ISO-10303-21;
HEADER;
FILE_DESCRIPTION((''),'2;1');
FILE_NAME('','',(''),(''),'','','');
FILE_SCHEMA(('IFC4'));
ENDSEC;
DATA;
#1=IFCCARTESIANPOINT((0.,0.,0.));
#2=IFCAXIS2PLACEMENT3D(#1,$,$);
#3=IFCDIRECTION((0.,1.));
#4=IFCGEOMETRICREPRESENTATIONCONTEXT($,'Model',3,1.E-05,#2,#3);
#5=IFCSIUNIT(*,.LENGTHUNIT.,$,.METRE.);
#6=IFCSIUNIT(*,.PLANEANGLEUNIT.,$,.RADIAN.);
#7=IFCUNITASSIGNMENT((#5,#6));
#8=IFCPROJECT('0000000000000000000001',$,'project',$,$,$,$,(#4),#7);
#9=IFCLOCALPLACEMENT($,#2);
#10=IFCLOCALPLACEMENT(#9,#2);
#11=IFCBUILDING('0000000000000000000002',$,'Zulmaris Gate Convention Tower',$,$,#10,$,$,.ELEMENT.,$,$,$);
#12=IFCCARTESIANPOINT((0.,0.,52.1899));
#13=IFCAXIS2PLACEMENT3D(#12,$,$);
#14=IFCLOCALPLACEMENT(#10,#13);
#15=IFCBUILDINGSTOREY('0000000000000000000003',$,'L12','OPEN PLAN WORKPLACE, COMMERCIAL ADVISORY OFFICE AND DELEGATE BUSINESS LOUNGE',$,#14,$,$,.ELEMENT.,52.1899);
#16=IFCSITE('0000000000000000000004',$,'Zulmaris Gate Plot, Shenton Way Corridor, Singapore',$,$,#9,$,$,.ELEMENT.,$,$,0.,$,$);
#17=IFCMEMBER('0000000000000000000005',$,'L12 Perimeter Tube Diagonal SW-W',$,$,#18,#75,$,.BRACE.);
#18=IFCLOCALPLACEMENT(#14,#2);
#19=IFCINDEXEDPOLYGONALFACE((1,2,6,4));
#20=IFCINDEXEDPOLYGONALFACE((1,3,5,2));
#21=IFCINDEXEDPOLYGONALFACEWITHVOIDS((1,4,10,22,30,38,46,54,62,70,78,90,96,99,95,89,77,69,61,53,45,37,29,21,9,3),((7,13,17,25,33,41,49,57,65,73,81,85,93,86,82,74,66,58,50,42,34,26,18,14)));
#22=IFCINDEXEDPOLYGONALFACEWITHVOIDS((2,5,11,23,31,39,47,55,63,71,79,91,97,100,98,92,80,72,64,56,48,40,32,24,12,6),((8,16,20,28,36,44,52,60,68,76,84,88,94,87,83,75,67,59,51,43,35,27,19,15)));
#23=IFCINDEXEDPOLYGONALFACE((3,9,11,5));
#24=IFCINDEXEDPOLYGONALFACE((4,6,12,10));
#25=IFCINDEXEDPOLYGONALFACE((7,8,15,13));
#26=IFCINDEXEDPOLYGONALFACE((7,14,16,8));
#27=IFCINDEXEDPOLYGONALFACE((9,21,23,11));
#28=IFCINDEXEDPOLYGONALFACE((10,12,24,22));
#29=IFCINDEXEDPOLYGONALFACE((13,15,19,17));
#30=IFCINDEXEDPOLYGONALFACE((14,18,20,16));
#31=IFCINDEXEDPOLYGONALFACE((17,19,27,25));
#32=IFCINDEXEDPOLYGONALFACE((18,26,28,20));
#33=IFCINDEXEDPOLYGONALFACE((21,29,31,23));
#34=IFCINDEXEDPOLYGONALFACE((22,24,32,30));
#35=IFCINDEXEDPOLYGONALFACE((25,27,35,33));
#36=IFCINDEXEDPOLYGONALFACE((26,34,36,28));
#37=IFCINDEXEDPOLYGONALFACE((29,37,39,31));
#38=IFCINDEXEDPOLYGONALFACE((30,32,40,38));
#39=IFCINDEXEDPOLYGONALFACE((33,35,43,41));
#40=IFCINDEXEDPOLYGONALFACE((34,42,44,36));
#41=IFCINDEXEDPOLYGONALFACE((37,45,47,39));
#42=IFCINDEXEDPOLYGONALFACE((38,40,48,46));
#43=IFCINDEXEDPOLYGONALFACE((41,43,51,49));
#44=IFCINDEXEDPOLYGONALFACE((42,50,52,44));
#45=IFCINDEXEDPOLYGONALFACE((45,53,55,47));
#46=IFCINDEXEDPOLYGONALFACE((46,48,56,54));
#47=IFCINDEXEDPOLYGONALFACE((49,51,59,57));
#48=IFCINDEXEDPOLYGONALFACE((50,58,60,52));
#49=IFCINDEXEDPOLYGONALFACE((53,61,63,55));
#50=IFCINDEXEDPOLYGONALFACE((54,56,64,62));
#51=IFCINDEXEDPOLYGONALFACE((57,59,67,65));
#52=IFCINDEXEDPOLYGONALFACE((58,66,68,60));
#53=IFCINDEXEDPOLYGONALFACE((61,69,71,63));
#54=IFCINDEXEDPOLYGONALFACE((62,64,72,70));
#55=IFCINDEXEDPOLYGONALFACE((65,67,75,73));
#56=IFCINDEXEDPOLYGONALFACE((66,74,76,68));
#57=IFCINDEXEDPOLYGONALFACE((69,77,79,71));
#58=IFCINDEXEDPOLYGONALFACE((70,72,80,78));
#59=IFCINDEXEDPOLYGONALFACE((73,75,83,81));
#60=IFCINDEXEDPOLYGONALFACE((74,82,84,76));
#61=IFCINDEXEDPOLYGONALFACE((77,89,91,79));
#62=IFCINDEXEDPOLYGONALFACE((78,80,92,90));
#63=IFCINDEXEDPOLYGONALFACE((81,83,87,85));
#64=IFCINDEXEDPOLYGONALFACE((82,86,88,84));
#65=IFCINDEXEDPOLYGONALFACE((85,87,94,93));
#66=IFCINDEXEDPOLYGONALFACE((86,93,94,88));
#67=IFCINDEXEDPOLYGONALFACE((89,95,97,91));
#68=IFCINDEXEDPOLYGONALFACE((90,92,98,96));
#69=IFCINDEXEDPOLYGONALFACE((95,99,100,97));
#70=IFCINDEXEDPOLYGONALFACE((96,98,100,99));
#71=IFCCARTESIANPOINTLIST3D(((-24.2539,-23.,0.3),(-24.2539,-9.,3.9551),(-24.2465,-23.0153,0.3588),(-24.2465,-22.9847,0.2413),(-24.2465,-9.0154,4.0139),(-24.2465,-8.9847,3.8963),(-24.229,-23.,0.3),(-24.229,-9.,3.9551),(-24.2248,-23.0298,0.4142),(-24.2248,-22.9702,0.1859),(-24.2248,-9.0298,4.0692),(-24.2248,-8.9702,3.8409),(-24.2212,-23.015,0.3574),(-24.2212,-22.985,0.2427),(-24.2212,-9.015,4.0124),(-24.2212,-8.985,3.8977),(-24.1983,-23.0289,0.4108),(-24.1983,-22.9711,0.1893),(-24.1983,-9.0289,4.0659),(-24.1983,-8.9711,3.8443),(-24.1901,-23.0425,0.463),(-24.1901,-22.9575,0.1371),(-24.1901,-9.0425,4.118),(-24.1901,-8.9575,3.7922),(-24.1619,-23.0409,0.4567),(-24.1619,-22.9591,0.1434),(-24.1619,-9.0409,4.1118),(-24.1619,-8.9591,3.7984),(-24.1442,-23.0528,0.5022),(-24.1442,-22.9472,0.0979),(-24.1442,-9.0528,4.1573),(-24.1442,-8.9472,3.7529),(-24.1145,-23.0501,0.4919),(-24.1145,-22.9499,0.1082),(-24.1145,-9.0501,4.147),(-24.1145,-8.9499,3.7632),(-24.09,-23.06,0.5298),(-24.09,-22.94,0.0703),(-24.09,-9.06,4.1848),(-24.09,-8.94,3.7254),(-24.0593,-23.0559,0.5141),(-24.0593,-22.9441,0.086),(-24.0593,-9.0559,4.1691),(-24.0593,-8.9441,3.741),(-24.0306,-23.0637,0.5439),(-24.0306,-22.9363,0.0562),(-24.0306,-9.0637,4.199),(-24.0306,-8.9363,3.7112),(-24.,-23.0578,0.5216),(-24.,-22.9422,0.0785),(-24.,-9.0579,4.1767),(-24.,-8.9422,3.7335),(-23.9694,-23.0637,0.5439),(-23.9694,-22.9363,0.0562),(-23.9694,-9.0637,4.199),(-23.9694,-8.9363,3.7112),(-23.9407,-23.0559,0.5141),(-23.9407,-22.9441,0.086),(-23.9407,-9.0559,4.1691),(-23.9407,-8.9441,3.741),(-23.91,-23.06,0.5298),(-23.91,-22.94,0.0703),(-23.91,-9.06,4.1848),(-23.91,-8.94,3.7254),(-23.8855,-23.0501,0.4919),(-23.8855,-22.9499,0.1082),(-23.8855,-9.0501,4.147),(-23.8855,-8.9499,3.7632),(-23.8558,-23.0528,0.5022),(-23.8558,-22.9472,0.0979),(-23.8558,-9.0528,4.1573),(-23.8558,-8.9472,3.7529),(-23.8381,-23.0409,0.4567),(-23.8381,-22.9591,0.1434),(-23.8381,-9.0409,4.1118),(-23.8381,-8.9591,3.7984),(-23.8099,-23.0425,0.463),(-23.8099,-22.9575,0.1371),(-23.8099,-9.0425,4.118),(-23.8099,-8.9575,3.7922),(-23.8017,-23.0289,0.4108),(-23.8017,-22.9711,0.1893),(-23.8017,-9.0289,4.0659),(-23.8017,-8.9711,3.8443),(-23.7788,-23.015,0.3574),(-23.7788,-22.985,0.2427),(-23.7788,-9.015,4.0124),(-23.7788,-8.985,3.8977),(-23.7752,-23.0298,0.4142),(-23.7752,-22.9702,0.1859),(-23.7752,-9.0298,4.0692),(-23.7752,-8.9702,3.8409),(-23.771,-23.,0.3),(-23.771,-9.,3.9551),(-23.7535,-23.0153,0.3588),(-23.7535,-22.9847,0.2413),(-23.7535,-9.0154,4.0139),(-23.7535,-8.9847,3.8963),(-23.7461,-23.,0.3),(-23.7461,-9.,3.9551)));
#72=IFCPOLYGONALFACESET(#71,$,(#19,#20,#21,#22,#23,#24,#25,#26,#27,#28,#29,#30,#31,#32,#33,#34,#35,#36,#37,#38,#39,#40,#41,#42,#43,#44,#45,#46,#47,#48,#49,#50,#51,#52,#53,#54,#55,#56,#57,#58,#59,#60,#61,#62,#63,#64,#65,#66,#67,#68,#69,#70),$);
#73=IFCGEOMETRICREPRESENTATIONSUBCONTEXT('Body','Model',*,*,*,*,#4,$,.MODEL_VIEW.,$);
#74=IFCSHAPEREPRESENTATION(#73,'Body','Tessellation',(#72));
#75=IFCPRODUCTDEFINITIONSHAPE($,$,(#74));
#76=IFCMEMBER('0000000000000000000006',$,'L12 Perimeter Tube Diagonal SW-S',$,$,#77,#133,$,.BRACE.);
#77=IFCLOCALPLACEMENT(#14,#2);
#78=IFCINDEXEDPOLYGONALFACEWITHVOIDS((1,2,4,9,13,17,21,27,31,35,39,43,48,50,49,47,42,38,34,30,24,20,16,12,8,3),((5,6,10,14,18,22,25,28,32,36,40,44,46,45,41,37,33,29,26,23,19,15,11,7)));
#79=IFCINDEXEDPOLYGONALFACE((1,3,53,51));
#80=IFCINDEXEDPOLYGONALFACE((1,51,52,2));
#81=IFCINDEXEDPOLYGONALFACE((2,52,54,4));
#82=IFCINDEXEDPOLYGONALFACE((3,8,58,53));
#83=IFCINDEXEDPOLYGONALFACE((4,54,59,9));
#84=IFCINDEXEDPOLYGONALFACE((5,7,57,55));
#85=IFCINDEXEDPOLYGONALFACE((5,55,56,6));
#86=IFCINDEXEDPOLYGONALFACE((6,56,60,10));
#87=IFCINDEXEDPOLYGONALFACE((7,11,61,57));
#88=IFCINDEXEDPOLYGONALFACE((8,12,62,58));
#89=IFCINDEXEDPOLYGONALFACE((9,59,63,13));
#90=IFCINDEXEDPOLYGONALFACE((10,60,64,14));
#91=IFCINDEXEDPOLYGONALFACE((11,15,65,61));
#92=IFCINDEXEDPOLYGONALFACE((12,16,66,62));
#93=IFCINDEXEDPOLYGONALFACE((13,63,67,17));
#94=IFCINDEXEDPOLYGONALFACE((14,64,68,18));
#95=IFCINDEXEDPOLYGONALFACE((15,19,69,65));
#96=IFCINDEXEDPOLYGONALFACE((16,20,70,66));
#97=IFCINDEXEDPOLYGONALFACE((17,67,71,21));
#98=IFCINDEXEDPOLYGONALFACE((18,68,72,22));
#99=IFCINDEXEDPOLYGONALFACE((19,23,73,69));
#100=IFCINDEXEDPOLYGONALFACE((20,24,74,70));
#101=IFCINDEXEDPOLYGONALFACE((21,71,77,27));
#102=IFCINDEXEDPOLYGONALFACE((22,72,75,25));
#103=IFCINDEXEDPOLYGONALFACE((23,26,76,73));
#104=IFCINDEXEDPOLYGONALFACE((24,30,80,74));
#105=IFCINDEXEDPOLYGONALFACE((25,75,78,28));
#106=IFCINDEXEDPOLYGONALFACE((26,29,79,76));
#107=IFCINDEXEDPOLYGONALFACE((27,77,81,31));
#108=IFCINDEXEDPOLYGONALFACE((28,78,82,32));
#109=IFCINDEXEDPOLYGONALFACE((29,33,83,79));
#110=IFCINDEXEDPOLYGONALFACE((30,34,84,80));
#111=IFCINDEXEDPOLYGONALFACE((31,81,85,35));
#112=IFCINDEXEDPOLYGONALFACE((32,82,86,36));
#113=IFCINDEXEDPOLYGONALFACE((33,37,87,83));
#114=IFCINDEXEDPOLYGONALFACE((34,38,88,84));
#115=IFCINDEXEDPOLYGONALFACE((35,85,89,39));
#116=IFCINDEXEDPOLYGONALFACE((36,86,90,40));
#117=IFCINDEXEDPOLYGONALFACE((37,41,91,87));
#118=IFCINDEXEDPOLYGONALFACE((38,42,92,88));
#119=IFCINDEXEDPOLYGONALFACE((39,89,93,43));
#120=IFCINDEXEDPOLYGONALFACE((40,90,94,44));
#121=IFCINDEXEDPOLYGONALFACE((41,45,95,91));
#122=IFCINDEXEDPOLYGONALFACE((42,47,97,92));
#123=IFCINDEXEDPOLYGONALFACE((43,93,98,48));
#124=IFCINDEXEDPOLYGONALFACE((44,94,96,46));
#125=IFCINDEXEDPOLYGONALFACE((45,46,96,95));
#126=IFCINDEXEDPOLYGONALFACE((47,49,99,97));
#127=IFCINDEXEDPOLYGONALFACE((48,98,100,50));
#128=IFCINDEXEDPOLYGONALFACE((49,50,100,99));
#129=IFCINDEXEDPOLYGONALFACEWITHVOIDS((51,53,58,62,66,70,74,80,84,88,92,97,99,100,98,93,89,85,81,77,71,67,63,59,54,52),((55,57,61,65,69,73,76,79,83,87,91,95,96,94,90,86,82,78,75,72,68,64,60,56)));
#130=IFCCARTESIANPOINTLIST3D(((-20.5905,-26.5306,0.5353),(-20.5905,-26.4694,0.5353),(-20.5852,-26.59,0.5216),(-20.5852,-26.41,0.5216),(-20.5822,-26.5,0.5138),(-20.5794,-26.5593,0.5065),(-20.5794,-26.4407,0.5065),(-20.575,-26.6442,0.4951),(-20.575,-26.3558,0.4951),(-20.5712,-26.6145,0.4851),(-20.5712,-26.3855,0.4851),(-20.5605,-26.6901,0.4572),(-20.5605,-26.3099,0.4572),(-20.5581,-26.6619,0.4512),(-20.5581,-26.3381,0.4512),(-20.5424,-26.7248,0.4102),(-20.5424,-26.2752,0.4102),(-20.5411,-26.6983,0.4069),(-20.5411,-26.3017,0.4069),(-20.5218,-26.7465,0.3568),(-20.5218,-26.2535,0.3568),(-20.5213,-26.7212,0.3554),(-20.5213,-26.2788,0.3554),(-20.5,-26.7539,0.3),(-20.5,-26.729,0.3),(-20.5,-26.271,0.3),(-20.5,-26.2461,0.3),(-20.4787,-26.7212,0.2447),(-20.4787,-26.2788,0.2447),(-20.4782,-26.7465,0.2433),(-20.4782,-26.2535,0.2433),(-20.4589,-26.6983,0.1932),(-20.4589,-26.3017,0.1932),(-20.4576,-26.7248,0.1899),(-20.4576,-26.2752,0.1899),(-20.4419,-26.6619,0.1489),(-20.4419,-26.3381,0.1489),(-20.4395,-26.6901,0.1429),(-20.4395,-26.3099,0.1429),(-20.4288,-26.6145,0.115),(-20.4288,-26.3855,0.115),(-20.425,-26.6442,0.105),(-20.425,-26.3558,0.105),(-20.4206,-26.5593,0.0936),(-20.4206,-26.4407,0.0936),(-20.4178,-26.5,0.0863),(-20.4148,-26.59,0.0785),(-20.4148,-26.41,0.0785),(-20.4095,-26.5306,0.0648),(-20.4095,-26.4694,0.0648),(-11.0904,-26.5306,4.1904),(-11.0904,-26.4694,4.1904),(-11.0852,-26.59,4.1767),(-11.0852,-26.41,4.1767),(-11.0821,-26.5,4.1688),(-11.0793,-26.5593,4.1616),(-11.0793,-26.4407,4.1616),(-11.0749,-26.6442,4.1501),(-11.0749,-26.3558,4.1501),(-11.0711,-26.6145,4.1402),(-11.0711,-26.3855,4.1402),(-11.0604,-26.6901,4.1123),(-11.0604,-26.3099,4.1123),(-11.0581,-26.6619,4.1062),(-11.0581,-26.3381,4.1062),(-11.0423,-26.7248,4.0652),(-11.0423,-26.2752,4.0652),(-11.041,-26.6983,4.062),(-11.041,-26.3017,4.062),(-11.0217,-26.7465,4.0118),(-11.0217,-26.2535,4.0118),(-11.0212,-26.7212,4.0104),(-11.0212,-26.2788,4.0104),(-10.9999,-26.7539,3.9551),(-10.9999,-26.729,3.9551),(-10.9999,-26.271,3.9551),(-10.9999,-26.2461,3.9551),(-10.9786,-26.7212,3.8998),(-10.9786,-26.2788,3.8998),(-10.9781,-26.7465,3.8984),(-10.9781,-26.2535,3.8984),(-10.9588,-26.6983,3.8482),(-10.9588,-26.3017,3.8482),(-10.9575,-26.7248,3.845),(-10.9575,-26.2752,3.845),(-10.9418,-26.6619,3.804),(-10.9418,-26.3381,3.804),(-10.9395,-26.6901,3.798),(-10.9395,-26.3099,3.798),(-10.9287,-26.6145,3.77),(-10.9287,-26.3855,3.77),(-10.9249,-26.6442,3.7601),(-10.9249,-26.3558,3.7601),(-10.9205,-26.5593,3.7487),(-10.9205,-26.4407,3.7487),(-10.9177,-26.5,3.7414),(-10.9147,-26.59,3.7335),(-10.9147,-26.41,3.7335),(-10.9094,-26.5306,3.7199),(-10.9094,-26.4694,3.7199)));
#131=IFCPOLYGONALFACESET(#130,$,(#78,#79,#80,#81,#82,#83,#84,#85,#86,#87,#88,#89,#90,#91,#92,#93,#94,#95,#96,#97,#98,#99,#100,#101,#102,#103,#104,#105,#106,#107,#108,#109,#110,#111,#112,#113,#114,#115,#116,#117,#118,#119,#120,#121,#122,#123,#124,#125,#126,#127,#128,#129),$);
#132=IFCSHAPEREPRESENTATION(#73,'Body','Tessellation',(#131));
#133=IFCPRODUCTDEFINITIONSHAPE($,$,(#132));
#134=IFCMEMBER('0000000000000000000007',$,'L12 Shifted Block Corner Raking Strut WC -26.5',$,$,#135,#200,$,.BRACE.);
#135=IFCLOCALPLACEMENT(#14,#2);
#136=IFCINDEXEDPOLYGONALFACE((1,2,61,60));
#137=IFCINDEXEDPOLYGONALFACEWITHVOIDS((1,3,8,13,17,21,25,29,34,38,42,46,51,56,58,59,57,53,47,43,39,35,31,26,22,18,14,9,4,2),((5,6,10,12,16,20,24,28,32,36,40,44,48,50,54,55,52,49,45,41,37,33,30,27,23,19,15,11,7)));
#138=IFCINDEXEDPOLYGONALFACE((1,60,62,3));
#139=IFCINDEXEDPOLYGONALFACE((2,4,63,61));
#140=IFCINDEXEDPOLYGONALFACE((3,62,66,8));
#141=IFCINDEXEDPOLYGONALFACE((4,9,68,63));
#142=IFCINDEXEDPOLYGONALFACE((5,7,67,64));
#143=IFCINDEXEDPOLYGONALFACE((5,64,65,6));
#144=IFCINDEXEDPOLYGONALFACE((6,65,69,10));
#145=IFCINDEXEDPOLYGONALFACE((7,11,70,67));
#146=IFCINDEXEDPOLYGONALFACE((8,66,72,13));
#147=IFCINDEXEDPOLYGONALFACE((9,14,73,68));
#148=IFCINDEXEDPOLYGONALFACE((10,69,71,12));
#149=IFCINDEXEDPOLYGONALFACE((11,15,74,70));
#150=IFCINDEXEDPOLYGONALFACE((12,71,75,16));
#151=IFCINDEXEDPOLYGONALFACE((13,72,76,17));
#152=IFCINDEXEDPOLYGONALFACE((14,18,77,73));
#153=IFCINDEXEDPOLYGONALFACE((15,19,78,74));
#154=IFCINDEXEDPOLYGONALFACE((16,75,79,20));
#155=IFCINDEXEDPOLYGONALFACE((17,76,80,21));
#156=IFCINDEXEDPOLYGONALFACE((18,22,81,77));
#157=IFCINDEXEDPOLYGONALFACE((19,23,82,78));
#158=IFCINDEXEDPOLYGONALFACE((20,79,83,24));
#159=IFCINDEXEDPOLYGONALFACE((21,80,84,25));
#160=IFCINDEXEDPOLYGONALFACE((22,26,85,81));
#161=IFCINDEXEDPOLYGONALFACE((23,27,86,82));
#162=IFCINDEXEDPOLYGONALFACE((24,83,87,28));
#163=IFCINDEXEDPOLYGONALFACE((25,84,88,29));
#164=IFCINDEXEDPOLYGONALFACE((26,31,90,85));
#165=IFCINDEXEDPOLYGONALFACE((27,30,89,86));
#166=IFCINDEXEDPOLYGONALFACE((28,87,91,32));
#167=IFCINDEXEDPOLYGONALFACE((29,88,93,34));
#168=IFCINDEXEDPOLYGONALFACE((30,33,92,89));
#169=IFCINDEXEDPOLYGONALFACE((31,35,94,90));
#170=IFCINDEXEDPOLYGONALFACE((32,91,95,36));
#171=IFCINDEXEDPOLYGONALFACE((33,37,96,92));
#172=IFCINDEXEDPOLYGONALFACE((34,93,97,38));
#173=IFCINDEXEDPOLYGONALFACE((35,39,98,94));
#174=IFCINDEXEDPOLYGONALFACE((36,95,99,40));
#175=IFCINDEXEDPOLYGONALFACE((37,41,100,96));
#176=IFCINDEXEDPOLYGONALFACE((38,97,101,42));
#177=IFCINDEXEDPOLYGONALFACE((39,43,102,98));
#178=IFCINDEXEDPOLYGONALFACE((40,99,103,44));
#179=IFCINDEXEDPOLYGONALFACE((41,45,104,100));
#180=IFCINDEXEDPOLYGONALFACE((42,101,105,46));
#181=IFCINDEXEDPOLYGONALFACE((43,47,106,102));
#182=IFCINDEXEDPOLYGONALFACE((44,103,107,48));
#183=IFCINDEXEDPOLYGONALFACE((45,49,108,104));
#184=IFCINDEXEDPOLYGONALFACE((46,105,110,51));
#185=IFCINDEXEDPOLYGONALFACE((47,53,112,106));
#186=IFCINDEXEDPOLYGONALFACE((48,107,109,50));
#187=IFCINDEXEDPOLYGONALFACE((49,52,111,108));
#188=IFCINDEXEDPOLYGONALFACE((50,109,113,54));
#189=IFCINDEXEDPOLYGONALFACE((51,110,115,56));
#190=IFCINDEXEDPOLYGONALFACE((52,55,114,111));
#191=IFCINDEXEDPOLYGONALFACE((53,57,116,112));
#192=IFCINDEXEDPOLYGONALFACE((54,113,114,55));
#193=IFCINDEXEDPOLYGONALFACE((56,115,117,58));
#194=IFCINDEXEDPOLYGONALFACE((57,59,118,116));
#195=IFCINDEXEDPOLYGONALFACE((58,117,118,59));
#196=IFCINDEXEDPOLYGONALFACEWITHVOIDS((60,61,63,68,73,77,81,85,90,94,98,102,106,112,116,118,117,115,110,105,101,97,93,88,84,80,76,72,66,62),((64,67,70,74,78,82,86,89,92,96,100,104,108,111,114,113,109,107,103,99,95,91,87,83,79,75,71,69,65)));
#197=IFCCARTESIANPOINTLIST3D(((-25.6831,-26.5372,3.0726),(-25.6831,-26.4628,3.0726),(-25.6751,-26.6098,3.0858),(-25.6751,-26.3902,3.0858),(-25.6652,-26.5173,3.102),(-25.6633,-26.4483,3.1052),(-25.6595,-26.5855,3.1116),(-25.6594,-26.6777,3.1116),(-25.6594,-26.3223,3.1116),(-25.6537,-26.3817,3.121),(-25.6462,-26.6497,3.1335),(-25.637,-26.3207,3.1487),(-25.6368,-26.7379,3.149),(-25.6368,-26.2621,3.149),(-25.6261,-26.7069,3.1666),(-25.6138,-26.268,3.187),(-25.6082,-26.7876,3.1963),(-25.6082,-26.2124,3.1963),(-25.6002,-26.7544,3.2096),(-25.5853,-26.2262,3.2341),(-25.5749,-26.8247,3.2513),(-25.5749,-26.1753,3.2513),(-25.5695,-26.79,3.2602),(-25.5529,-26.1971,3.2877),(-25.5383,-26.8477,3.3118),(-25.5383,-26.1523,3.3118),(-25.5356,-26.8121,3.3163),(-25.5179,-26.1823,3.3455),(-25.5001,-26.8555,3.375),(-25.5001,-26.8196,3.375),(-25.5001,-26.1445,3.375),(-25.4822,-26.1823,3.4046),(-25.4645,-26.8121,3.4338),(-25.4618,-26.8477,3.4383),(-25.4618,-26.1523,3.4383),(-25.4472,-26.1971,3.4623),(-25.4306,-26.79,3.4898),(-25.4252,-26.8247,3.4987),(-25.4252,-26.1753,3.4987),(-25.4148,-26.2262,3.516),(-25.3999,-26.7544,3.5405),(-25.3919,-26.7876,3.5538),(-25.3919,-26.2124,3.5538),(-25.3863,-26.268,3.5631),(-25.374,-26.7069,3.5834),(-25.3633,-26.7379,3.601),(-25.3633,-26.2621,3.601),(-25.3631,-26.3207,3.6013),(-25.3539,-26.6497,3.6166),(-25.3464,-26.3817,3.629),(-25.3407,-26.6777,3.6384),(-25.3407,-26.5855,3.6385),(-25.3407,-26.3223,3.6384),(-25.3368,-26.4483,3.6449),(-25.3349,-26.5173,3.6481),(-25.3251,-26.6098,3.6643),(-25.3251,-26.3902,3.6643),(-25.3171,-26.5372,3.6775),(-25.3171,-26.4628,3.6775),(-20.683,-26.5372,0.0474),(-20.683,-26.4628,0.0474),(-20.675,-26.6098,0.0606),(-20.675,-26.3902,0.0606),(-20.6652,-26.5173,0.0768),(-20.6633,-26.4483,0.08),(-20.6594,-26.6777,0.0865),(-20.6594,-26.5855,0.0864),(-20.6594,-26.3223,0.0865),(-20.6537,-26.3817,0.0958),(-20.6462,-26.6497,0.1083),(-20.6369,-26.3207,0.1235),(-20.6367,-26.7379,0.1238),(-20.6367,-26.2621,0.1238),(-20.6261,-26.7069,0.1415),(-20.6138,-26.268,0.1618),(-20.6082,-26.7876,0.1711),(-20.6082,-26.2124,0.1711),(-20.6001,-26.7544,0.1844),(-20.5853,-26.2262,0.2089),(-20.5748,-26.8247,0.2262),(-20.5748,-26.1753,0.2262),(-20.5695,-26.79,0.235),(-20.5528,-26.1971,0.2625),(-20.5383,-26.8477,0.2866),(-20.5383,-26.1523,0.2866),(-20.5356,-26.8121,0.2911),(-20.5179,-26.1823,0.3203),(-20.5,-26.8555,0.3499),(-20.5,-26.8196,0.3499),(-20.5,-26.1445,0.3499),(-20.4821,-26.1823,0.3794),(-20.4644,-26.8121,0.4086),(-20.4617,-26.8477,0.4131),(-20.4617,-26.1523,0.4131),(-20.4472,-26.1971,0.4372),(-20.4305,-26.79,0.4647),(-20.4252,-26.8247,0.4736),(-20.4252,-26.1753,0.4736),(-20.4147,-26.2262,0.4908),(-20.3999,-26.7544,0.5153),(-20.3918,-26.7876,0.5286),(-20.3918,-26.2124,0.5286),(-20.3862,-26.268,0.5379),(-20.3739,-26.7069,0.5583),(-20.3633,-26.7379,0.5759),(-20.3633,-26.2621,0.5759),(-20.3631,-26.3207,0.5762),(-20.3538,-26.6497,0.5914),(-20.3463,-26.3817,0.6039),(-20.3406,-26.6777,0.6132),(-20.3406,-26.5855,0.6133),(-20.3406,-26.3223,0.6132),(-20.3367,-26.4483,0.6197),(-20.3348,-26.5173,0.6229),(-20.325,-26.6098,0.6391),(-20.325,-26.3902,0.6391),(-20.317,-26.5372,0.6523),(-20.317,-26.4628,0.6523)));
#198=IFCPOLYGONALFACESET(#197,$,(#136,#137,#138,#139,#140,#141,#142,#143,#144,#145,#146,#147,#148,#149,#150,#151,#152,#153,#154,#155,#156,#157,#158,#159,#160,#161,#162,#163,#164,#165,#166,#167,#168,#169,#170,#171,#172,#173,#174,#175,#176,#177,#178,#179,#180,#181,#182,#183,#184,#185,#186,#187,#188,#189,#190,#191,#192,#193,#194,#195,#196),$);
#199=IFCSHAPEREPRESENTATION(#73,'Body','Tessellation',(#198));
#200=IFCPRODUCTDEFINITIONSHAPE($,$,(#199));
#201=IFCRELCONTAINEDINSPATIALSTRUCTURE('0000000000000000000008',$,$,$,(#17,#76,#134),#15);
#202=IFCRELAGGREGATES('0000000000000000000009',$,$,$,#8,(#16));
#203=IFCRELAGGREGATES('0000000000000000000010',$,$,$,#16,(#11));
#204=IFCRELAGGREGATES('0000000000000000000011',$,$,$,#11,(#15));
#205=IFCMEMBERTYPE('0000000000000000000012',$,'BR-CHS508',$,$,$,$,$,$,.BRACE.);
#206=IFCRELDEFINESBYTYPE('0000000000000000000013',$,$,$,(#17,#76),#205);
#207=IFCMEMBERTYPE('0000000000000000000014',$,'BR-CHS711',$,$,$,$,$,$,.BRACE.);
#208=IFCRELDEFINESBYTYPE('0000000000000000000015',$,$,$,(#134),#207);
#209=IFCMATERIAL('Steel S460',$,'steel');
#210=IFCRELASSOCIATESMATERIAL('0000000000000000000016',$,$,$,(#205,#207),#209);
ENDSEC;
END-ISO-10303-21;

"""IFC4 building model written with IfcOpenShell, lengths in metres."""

from ifc_helpers import new_model, si_unit, direction, frame, origin, origin_2d, place, context, subcontext, project, spatial, hollow_circle, extrude, material, material_profile, profile_set, type_object, element, save


model = new_model("IFC4")

# Units and contexts
model_context = context("Model", 3, precision=1e-05, world=origin(), true_north=direction((0.0, 1.0)))
body_context = subcontext(model_context, "Body", "Model", "MODEL_VIEW")
ifc_project = project(units=[si_unit("LENGTHUNIT", "METRE"), si_unit("PLANEANGLEUNIT", "RADIAN")], contexts=[model_context])

# Site, building, storey
site_placement = place(None, origin())
site = spatial("IfcSite", under=ifc_project, at=site_placement, Name="Zulmaris Gate Plot, Shenton Way Corridor, Singapore", CompositionType="ELEMENT", RefElevation=0.0)
building_placement = place(site_placement, origin())
building = spatial("IfcBuilding", under=site, at=building_placement, Name="Zulmaris Gate Convention Tower", CompositionType="ELEMENT")
storey_placement = place(building_placement, frame((0.0, 0.0, 52.1899)))
storey = spatial("IfcBuildingStorey", under=building, at=storey_placement, Name="L12", Description="OPEN PLAN WORKPLACE, COMMERCIAL ADVISORY OFFICE AND DELEGATE BUSINESS LOUNGE", CompositionType="ELEMENT", Elevation=52.1899)

# Members
ifc_material_1 = material(Name="Steel S460", Category="steel")
ifc_material_profile_1 = material_profile(ifc_material_1, hollow_circle(Radius=0.2539, WallThickness=0.0249, at=origin_2d()), Name="CHS 508x25")
ifc_profile_set_1 = profile_set([ifc_material_profile_1], Name="Steel S460")
member_type_1 = type_object("IfcMemberType", Name="BR-CHS508", PredefinedType="BRACE", material=ifc_profile_set_1)
member_1_placement = place(storey_placement, frame((-24.0, -23.0, 0.3), z_axis=(0.0, 0.967569, 0.252607), x_axis=(-1.0, 0.0, 0.0)))
element("IfcMember", 1, at=member_1_placement, inside=storey, type_object=member_type_1, Name="L12 Perimeter Tube Diagonal SW-W", PredefinedType="BRACE", context=body_context, shape_type="SweptSolid", body=[
    extrude(hollow_circle(Radius=0.2539, WallThickness=0.0249, at=origin_2d()), origin(), (0.0, 0.0, 1.0), 14.4692),
])
member_2_placement = place(storey_placement, frame((-20.5, -26.5, 0.3), z_axis=(0.933307, 0.0, 0.35908), x_axis=(0.0, 1.0, 0.0)))
element("IfcMember", 2, at=member_2_placement, inside=storey, type_object=member_type_1, Name="L12 Perimeter Tube Diagonal SW-S", PredefinedType="BRACE", context=body_context, shape_type="SweptSolid", body=[
    extrude(hollow_circle(Radius=0.2539, WallThickness=0.0249, at=origin_2d()), origin(), (0.0, 0.0, 1.0), 10.179),
])
ifc_material_profile_2 = material_profile(ifc_material_1, hollow_circle(Radius=0.3555, WallThickness=0.0359, at=origin_2d()), Name="CHS 711x36")
ifc_profile_set_2 = profile_set([ifc_material_profile_2], Name="Steel S460")
member_type_2 = type_object("IfcMemberType", Name="BR-CHS711", PredefinedType="BRACE", material=ifc_profile_set_2)
member_3_placement = place(storey_placement, frame((-20.5, -26.5, 0.3499), z_axis=(-0.855589, 0.0, 0.517656), x_axis=(0.0, -1.0, 0.0)))
element("IfcMember", 3, at=member_3_placement, inside=storey, type_object=member_type_2, Name="L12 Shifted Block Corner Raking Strut WC -26.5", PredefinedType="BRACE", context=body_context, shape_type="SweptSolid", body=[
    extrude(hollow_circle(Radius=0.3555, WallThickness=0.0359, at=origin_2d()), origin(), (0.0, 0.0, 1.0), 5.844),
])

save(model, "model.ifc")
